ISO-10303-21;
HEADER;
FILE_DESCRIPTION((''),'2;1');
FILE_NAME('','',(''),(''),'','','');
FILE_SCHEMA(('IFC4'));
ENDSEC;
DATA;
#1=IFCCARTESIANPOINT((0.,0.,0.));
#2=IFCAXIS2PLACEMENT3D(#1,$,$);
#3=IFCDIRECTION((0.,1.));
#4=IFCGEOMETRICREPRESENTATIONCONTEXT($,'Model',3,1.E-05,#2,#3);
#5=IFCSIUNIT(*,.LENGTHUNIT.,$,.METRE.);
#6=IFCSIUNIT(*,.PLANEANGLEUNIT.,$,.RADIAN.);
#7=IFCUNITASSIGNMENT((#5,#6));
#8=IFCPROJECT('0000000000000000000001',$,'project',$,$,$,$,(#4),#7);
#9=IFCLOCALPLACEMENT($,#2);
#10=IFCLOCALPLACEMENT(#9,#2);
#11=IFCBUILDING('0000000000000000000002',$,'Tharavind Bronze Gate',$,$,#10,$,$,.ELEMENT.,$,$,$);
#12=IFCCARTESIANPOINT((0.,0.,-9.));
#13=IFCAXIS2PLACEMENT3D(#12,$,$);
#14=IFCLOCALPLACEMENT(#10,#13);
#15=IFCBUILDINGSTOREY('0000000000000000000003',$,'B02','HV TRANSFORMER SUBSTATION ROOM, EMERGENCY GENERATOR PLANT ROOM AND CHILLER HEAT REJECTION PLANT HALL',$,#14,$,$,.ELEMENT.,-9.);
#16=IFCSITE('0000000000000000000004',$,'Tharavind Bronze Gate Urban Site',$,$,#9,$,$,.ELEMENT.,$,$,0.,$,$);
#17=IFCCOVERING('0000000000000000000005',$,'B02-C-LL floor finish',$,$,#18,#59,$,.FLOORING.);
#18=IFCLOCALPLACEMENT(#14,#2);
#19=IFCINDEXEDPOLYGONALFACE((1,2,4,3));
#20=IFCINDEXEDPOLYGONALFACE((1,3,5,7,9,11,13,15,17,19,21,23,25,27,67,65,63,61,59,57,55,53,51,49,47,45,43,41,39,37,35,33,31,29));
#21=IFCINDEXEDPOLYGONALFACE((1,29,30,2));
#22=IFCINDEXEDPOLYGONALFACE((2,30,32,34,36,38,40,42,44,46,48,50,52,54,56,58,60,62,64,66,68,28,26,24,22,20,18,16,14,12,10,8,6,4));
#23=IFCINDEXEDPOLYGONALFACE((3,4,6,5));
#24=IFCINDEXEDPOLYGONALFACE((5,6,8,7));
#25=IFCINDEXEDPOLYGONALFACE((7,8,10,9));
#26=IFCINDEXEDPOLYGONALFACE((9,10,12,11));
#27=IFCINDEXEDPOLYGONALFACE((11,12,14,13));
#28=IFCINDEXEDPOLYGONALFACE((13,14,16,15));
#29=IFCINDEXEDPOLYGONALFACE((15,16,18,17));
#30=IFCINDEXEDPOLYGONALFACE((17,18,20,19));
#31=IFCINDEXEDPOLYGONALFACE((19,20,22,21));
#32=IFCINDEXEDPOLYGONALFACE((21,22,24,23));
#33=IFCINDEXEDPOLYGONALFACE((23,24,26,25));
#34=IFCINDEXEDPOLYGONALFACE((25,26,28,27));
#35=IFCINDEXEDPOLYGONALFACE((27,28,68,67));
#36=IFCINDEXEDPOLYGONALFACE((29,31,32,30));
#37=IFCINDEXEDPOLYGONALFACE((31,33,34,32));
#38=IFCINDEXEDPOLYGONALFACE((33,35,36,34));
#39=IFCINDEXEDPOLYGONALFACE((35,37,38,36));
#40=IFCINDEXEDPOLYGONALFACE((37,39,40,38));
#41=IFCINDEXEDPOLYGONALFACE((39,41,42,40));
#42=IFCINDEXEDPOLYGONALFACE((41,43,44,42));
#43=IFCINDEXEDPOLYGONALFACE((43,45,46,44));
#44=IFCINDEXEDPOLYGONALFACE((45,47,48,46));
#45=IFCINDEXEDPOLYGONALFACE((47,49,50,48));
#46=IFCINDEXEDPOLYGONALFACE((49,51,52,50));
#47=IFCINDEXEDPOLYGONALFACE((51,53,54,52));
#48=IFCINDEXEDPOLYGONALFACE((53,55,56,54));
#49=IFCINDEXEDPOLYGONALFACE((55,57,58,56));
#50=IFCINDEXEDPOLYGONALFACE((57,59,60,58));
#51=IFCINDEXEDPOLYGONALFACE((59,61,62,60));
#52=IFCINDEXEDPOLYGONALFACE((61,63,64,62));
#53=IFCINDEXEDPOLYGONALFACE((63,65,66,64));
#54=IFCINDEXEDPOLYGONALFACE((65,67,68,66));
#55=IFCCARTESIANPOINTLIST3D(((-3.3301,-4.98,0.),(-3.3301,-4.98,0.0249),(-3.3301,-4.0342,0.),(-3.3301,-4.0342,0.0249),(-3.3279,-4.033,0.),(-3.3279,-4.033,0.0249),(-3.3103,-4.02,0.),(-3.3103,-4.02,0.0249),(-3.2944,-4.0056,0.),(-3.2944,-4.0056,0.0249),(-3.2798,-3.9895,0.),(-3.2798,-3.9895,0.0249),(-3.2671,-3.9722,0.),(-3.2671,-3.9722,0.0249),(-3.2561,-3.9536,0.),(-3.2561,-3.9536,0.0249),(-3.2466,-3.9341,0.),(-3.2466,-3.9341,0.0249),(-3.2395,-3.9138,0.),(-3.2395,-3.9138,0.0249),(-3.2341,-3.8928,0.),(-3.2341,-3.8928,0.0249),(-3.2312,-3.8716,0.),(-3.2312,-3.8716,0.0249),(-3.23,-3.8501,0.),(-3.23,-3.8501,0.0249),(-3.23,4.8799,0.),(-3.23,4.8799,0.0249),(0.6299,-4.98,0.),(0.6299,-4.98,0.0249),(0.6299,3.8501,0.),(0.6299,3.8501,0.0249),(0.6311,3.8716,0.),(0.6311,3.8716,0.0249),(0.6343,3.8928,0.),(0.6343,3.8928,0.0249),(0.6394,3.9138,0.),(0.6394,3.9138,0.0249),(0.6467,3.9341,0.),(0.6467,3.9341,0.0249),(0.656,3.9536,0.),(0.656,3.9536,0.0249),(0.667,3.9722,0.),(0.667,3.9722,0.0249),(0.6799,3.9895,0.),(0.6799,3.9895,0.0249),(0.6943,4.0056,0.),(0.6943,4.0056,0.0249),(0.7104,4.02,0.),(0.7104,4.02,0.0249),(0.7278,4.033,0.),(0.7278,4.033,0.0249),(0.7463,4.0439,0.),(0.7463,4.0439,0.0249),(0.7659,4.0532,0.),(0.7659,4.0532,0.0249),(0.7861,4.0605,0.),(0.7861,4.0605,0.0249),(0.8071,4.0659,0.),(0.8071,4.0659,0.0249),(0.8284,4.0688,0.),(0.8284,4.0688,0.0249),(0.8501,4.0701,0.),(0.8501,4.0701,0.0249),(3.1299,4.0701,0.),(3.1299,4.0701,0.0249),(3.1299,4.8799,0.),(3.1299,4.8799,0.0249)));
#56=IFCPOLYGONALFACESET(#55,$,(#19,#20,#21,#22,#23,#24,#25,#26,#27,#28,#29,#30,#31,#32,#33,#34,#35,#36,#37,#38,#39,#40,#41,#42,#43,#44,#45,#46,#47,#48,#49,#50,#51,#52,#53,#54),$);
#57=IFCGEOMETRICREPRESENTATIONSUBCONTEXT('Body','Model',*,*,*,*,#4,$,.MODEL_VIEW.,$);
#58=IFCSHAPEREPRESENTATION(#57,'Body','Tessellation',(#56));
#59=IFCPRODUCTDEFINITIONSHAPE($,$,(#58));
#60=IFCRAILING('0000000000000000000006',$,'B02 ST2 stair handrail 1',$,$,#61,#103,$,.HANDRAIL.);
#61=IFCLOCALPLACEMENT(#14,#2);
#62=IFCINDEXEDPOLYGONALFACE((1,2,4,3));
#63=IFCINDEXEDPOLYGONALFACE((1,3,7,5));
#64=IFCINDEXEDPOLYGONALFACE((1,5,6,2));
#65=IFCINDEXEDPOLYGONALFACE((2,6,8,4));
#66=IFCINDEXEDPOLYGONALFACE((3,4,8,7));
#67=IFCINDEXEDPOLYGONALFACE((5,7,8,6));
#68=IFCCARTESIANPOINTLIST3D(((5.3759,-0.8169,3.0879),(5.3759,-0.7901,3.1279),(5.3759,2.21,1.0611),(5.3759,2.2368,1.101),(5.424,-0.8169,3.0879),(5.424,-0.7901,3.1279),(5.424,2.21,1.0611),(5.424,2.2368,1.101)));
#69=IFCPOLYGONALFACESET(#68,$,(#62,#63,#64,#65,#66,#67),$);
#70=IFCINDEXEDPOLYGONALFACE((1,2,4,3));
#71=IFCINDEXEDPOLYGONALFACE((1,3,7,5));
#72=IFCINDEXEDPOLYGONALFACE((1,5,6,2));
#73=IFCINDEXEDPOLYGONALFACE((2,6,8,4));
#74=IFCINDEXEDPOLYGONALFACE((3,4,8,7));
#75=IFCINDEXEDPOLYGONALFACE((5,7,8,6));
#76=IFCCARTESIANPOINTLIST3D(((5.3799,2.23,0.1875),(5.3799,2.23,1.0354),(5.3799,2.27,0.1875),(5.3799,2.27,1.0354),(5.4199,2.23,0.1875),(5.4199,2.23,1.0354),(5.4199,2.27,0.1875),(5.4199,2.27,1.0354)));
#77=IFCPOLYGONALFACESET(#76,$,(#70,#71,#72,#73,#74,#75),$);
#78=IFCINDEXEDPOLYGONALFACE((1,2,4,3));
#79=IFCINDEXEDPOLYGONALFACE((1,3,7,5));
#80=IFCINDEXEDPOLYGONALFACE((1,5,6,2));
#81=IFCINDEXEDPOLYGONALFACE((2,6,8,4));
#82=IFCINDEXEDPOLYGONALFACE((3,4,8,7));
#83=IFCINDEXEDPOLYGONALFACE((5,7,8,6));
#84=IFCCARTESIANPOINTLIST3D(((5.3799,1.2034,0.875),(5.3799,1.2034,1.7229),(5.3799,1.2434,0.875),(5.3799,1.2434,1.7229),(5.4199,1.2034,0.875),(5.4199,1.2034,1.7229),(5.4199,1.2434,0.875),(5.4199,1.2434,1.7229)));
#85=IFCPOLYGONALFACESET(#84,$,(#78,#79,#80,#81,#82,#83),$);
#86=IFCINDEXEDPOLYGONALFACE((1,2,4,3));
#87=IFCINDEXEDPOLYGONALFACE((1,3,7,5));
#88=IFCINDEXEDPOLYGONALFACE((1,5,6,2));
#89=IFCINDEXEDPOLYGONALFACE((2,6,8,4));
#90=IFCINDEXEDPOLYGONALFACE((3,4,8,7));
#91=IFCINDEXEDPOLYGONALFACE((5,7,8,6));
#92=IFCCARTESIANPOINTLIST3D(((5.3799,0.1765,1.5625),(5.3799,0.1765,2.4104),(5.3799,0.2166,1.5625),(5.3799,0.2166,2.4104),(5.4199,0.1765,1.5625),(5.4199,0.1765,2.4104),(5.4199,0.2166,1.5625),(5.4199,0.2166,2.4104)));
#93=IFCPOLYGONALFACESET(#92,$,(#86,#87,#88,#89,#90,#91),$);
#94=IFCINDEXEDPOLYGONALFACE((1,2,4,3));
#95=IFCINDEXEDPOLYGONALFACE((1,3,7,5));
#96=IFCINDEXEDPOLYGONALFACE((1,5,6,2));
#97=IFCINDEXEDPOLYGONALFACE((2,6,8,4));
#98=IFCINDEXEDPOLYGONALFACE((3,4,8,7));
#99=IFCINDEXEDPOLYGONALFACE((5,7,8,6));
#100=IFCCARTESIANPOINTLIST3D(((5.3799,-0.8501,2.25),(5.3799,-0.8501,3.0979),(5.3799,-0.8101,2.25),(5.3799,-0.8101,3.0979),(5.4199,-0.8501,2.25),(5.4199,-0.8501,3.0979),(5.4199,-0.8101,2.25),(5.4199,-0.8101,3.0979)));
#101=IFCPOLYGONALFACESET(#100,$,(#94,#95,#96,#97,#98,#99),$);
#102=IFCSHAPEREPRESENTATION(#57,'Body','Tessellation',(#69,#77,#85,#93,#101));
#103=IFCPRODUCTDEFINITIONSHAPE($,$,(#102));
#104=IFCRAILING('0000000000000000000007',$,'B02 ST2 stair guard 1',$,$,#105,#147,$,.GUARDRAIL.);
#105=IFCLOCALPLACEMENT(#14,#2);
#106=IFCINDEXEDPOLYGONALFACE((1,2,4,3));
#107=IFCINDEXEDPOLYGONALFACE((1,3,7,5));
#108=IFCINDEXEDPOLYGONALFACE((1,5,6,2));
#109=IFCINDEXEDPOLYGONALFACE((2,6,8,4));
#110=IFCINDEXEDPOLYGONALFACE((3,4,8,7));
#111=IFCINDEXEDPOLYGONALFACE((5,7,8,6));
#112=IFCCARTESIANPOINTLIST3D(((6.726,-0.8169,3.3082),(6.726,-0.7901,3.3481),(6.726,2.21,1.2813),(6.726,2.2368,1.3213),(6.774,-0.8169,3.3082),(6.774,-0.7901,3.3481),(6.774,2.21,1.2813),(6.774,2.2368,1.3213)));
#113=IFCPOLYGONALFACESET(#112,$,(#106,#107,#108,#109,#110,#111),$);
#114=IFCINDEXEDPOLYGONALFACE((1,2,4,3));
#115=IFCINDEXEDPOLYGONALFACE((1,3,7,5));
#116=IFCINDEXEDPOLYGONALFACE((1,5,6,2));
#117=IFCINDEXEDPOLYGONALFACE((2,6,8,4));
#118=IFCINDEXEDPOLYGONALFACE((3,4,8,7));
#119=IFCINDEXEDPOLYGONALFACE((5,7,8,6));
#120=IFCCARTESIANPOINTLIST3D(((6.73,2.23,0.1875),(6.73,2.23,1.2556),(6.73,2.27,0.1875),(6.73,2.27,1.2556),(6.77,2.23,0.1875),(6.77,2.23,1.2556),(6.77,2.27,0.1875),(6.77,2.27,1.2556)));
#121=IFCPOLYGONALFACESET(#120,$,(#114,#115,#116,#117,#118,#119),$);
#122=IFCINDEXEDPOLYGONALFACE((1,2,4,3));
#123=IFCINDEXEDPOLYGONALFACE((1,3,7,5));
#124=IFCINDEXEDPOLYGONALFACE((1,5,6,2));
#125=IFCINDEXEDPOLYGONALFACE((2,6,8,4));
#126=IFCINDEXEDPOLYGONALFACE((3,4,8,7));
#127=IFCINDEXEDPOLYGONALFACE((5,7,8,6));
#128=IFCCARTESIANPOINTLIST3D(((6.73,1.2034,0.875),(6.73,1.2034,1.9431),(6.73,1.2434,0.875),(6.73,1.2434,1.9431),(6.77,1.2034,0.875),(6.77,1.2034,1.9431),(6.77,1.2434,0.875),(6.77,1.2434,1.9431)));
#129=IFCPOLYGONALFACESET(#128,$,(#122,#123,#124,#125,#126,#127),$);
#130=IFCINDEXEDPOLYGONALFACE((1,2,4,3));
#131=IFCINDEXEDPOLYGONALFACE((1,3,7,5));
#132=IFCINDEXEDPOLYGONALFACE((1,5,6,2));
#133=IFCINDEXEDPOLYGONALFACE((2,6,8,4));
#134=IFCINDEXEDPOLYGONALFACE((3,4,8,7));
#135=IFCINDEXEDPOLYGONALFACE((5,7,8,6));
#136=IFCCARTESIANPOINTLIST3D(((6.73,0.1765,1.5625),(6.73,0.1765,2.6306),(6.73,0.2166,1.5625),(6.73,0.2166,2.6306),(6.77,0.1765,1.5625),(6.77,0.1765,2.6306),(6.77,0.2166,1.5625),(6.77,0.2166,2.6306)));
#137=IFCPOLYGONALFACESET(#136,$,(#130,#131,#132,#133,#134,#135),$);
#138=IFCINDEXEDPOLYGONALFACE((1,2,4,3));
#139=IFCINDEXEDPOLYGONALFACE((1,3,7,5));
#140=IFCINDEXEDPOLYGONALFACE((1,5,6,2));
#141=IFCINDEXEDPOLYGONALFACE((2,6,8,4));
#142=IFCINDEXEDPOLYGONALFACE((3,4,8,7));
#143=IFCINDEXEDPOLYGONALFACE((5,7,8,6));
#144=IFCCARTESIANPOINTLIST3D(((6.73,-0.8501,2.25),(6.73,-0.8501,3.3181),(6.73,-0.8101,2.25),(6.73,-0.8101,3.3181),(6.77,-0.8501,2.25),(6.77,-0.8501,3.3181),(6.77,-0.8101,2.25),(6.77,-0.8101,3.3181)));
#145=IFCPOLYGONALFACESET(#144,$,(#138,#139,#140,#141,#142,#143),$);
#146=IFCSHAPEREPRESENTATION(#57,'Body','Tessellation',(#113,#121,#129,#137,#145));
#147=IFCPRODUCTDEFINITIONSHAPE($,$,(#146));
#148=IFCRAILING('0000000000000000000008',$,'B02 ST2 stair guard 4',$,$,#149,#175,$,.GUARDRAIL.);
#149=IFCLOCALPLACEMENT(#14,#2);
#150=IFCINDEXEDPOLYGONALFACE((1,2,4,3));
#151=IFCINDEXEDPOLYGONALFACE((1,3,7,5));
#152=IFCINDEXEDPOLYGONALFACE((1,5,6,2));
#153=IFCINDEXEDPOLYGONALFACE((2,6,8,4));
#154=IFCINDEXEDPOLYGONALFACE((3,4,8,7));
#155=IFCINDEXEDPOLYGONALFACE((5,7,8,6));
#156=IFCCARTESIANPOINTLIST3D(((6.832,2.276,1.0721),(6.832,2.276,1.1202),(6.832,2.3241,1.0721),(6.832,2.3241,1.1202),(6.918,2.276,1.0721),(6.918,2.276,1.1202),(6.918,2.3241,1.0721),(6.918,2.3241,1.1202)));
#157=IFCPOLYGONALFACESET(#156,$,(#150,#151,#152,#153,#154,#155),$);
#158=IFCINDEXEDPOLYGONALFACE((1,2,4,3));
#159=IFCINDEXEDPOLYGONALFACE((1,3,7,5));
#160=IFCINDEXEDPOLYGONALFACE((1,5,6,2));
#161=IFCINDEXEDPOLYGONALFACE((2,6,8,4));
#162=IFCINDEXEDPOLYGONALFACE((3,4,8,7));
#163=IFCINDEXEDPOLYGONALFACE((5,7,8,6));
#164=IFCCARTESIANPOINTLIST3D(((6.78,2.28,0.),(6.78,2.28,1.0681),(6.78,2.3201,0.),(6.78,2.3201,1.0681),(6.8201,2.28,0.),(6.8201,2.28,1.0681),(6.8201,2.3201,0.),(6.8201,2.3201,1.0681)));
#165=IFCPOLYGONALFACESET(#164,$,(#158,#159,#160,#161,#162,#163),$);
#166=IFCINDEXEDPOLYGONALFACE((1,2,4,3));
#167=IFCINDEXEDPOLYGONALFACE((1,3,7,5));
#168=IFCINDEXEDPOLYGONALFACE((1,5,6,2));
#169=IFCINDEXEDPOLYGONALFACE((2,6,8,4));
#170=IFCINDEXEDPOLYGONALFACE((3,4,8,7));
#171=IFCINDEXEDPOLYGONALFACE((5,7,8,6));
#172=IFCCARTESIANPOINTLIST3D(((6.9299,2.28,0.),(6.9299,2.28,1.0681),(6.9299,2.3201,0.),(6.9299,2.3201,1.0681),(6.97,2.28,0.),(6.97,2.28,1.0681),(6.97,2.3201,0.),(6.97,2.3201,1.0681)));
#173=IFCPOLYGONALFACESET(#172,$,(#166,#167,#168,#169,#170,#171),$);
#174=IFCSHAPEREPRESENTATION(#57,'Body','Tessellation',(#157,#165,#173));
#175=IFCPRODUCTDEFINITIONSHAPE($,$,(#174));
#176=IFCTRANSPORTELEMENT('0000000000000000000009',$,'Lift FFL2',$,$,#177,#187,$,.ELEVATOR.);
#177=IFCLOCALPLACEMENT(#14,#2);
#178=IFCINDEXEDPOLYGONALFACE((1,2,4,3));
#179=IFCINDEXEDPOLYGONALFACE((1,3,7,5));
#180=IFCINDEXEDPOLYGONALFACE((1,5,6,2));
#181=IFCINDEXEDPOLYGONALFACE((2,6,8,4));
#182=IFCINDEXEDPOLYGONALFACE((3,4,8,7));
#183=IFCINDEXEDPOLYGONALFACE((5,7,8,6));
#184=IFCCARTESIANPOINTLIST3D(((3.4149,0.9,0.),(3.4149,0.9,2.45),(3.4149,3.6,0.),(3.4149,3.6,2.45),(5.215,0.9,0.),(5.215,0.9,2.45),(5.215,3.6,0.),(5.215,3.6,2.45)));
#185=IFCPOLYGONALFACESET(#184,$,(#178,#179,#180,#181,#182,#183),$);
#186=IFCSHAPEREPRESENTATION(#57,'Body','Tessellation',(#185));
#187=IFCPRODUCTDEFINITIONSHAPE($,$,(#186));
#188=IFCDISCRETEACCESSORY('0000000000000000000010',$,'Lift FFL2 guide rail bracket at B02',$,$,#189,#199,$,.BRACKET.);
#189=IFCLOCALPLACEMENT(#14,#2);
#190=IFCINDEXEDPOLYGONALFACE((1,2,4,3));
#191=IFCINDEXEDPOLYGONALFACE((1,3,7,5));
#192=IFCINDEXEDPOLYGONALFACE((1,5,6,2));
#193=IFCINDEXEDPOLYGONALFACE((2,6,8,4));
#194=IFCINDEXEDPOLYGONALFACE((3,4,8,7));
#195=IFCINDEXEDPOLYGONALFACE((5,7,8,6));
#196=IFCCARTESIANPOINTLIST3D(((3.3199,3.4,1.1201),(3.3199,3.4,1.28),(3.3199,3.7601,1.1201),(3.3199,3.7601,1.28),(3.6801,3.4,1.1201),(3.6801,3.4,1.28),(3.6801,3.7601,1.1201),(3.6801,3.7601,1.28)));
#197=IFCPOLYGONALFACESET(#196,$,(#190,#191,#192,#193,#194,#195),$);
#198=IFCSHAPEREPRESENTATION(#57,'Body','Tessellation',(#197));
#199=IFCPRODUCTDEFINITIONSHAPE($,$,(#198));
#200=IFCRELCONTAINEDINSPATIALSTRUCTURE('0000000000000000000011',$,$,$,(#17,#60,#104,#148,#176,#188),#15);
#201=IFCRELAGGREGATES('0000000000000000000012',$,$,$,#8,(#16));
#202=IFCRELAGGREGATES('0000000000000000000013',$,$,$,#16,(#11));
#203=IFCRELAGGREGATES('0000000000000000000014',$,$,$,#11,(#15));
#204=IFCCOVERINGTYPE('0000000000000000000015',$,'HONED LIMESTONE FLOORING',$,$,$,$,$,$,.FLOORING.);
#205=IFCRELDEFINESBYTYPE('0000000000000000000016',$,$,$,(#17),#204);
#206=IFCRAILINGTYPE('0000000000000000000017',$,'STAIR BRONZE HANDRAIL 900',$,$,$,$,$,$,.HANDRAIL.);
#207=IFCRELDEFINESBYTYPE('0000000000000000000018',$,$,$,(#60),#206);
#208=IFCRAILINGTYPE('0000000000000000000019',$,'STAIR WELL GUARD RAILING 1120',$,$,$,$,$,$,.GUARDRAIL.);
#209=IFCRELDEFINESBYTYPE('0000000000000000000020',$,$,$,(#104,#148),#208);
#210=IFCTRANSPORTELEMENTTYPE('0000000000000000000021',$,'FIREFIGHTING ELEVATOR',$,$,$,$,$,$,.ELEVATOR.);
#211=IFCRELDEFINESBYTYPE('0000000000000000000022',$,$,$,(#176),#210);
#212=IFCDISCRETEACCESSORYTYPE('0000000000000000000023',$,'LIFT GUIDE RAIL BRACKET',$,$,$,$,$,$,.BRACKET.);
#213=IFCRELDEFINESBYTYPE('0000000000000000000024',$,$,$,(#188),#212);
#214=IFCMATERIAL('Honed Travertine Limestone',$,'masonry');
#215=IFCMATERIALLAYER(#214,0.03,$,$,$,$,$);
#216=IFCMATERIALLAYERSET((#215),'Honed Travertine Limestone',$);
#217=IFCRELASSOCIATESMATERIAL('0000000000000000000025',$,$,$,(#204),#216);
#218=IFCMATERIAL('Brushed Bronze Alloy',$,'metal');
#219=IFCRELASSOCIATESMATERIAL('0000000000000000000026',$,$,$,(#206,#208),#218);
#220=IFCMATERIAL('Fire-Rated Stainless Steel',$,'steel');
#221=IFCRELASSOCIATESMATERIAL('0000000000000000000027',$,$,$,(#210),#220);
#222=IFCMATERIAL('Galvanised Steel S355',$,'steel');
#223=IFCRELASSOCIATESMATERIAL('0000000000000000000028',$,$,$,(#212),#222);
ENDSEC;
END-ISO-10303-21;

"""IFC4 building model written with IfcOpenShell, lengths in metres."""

from ifc_helpers import new_model, si_unit, direction, frame, origin, origin_2d, place, context, subcontext, project, spatial, polyline, rectangle, outline, extrude, material, layer, layer_set, type_object, element, save


model = new_model("IFC4")

# Units and contexts
model_context = context("Model", 3, precision=1e-05, world=origin(), true_north=direction((0.0, 1.0)))
body_context = subcontext(model_context, "Body", "Model", "MODEL_VIEW")
ifc_project = project(units=[si_unit("LENGTHUNIT", "METRE"), si_unit("PLANEANGLEUNIT", "RADIAN")], contexts=[model_context])

# Site, building, storey
site_placement = place(None, origin())
site = spatial("IfcSite", under=ifc_project, at=site_placement, Name="Tharavind Bronze Gate Urban Site", CompositionType="ELEMENT", RefElevation=0.0)
building_placement = place(site_placement, origin())
building = spatial("IfcBuilding", under=site, at=building_placement, Name="Tharavind Bronze Gate", CompositionType="ELEMENT")
storey_placement = place(building_placement, frame((0.0, 0.0, -9.0)))
storey = spatial("IfcBuildingStorey", under=building, at=storey_placement, Name="B02", Description="HV TRANSFORMER SUBSTATION ROOM, EMERGENCY GENERATOR PLANT ROOM AND CHILLER HEAT REJECTION PLANT HALL", CompositionType="ELEMENT", Elevation=-9.0)

# Covering
ifc_material_1 = material(Name="Honed Travertine Limestone", Category="masonry")
ifc_layer_1 = layer(ifc_material_1, 0.03)
ifc_layer_set_1 = layer_set([ifc_layer_1], Name="Honed Travertine Limestone")
covering_type_1 = type_object("IfcCoveringType", Name="HONED LIMESTONE FLOORING", PredefinedType="FLOORING", material=ifc_layer_set_1)
covering_1_placement = place(storey_placement, origin())
element("IfcCovering", 1, at=covering_1_placement, inside=storey, type_object=covering_type_1, Name="B02-C-LL floor finish", PredefinedType="FLOORING", context=body_context, shape_type="SweptSolid", body=[
    extrude(outline(polyline([(-3.3301, -4.98), (0.6299, -4.98), (0.6299, 3.8501), (0.6311, 3.8716), (0.6343, 3.8928), (0.6394, 3.9138), (0.6467, 3.9341), (0.656, 3.9536), (0.667, 3.9722), (0.6799, 3.9895), (0.6943, 4.0056), (0.7104, 4.02), (0.7278, 4.033), (0.7463, 4.0439), (0.7659, 4.0532), (0.7861, 4.0605), (0.8071, 4.0659), (0.8284, 4.0688), (0.8501, 4.0701), (3.1299, 4.0701), (3.1299, 4.8799), (-3.23, 4.8799), (-3.23, -3.8501), (-3.2312, -3.8716), (-3.2341, -3.8928), (-3.2395, -3.9138), (-3.2466, -3.9341), (-3.2561, -3.9536), (-3.2671, -3.9722), (-3.2798, -3.9895), (-3.2944, -4.0056), (-3.3103, -4.02), (-3.3279, -4.033), (-3.3301, -4.0342), (-3.3301, -4.98)])), origin(), (0.0, 0.0, 1.0), 0.0249),
])

# Railings
ifc_material_2 = material(Name="Brushed Bronze Alloy", Category="metal")
railing_type_1 = type_object("IfcRailingType", Name="STAIR BRONZE HANDRAIL 900", PredefinedType="HANDRAIL", material=ifc_material_2)
railing_1_placement = place(storey_placement, frame((5.3999, 2.25, 0.1875)))
element("IfcRailing", 2, at=railing_1_placement, inside=storey, type_object=railing_type_1, Name="B02 ST2 stair handrail 1", PredefinedType="HANDRAIL", context=body_context, shape_type="SweptSolid", body=[
    extrude(rectangle(XDim=0.0481, YDim=0.0481, at=origin_2d()), frame((0.0, -0.0266, 0.8936), z_axis=(0.0, -0.830914, 0.556401), x_axis=(1.0, 0.0, 0.0)), (0.0, 0.0, 1.0), 3.6428),
    extrude(rectangle(XDim=0.04, YDim=0.04, at=origin_2d()), origin(), (0.0, 0.0, 1.0), 0.8479),
    extrude(rectangle(XDim=0.04, YDim=0.04, at=origin_2d()), frame((0.0, -1.0266, 0.6875)), (0.0, 0.0, 1.0), 0.8479),
    extrude(rectangle(XDim=0.04, YDim=0.04, at=origin_2d()), frame((0.0, -2.0535, 1.375)), (0.0, 0.0, 1.0), 0.8479),
    extrude(rectangle(XDim=0.04, YDim=0.04, at=origin_2d()), frame((0.0, -3.0801, 2.0625)), (0.0, 0.0, 1.0), 0.8479),
])
railing_type_2 = type_object("IfcRailingType", Name="STAIR WELL GUARD RAILING 1120", PredefinedType="GUARDRAIL", material=ifc_material_2)
railing_2_placement = place(storey_placement, frame((6.75, 2.25, 0.1875)))
element("IfcRailing", 3, at=railing_2_placement, inside=storey, type_object=railing_type_2, Name="B02 ST2 stair guard 1", PredefinedType="GUARDRAIL", context=body_context, shape_type="SweptSolid", body=[
    extrude(rectangle(XDim=0.0481, YDim=0.0481, at=origin_2d()), frame((0.0, -0.0266, 1.1138), z_axis=(0.0, -0.830914, 0.556401), x_axis=(1.0, 0.0, 0.0)), (0.0, 0.0, 1.0), 3.6428),
    extrude(rectangle(XDim=0.04, YDim=0.04, at=origin_2d()), origin(), (0.0, 0.0, 1.0), 1.0681),
    extrude(rectangle(XDim=0.04, YDim=0.04, at=origin_2d()), frame((0.0, -1.0266, 0.6875)), (0.0, 0.0, 1.0), 1.0681),
    extrude(rectangle(XDim=0.04, YDim=0.04, at=origin_2d()), frame((0.0, -2.0535, 1.375)), (0.0, 0.0, 1.0), 1.0681),
    extrude(rectangle(XDim=0.04, YDim=0.04, at=origin_2d()), frame((0.0, -3.0801, 2.0625)), (0.0, 0.0, 1.0), 1.0681),
])
railing_3_placement = place(storey_placement, frame((6.8, 2.3, 0.0)))
element("IfcRailing", 4, at=railing_3_placement, inside=storey, type_object=railing_type_2, Name="B02 ST2 stair guard 4", PredefinedType="GUARDRAIL", context=body_context, shape_type="SweptSolid", body=[
    extrude(rectangle(XDim=0.0481, YDim=0.0481, at=origin_2d()), frame((0.032, 0.0, 1.0962), z_axis=(1.0, 0.0, 0.0), x_axis=(0.0, 1.0, 0.0)), (0.0, 0.0, 1.0), 0.0859),
    extrude(rectangle(XDim=0.04, YDim=0.04, at=origin_2d()), origin(), (0.0, 0.0, 1.0), 1.0681),
    extrude(rectangle(XDim=0.04, YDim=0.04, at=origin_2d()), frame((0.1499, 0.0, 0.0)), (0.0, 0.0, 1.0), 1.0681),
])

# Transport element
ifc_material_3 = material(Name="Fire-Rated Stainless Steel", Category="steel")
transport_element_type = type_object("IfcTransportElementType", Name="FIREFIGHTING ELEVATOR", PredefinedType="ELEVATOR", material=ifc_material_3)
transport_element_placement = place(storey_placement, frame((4.3149, 2.25, 0.0), z_axis=(0.0, 0.0, 1.0), x_axis=(1.0, 0.0, 0.0)))
element("IfcTransportElement", 5, at=transport_element_placement, inside=storey, type_object=transport_element_type, Name="Lift FFL2", PredefinedType="ELEVATOR", context=body_context, shape_type="SweptSolid", body=[
    extrude(rectangle(XDim=1.8, YDim=2.7, at=origin_2d()), origin(), (0.0, 0.0, 1.0), 2.45),
])

# Discrete accessory
ifc_material_4 = material(Name="Galvanised Steel S355", Category="steel")
discrete_accessory_type = type_object("IfcDiscreteAccessoryType", Name="LIFT GUIDE RAIL BRACKET", PredefinedType="BRACKET", material=ifc_material_4)
discrete_accessory_placement = place(storey_placement, frame((3.5, 3.5801, 1.1201), z_axis=(0.0, 0.0, 1.0), x_axis=(1.0, 0.0, 0.0)))
element("IfcDiscreteAccessory", 6, at=discrete_accessory_placement, inside=storey, type_object=discrete_accessory_type, Name="Lift FFL2 guide rail bracket at B02", PredefinedType="BRACKET", context=body_context, shape_type="SweptSolid", body=[
    extrude(rectangle(XDim=0.3601, YDim=0.3601, at=origin_2d()), origin(), (0.0, 0.0, 1.0), 0.1599),
])

save(model, "model.ifc")
